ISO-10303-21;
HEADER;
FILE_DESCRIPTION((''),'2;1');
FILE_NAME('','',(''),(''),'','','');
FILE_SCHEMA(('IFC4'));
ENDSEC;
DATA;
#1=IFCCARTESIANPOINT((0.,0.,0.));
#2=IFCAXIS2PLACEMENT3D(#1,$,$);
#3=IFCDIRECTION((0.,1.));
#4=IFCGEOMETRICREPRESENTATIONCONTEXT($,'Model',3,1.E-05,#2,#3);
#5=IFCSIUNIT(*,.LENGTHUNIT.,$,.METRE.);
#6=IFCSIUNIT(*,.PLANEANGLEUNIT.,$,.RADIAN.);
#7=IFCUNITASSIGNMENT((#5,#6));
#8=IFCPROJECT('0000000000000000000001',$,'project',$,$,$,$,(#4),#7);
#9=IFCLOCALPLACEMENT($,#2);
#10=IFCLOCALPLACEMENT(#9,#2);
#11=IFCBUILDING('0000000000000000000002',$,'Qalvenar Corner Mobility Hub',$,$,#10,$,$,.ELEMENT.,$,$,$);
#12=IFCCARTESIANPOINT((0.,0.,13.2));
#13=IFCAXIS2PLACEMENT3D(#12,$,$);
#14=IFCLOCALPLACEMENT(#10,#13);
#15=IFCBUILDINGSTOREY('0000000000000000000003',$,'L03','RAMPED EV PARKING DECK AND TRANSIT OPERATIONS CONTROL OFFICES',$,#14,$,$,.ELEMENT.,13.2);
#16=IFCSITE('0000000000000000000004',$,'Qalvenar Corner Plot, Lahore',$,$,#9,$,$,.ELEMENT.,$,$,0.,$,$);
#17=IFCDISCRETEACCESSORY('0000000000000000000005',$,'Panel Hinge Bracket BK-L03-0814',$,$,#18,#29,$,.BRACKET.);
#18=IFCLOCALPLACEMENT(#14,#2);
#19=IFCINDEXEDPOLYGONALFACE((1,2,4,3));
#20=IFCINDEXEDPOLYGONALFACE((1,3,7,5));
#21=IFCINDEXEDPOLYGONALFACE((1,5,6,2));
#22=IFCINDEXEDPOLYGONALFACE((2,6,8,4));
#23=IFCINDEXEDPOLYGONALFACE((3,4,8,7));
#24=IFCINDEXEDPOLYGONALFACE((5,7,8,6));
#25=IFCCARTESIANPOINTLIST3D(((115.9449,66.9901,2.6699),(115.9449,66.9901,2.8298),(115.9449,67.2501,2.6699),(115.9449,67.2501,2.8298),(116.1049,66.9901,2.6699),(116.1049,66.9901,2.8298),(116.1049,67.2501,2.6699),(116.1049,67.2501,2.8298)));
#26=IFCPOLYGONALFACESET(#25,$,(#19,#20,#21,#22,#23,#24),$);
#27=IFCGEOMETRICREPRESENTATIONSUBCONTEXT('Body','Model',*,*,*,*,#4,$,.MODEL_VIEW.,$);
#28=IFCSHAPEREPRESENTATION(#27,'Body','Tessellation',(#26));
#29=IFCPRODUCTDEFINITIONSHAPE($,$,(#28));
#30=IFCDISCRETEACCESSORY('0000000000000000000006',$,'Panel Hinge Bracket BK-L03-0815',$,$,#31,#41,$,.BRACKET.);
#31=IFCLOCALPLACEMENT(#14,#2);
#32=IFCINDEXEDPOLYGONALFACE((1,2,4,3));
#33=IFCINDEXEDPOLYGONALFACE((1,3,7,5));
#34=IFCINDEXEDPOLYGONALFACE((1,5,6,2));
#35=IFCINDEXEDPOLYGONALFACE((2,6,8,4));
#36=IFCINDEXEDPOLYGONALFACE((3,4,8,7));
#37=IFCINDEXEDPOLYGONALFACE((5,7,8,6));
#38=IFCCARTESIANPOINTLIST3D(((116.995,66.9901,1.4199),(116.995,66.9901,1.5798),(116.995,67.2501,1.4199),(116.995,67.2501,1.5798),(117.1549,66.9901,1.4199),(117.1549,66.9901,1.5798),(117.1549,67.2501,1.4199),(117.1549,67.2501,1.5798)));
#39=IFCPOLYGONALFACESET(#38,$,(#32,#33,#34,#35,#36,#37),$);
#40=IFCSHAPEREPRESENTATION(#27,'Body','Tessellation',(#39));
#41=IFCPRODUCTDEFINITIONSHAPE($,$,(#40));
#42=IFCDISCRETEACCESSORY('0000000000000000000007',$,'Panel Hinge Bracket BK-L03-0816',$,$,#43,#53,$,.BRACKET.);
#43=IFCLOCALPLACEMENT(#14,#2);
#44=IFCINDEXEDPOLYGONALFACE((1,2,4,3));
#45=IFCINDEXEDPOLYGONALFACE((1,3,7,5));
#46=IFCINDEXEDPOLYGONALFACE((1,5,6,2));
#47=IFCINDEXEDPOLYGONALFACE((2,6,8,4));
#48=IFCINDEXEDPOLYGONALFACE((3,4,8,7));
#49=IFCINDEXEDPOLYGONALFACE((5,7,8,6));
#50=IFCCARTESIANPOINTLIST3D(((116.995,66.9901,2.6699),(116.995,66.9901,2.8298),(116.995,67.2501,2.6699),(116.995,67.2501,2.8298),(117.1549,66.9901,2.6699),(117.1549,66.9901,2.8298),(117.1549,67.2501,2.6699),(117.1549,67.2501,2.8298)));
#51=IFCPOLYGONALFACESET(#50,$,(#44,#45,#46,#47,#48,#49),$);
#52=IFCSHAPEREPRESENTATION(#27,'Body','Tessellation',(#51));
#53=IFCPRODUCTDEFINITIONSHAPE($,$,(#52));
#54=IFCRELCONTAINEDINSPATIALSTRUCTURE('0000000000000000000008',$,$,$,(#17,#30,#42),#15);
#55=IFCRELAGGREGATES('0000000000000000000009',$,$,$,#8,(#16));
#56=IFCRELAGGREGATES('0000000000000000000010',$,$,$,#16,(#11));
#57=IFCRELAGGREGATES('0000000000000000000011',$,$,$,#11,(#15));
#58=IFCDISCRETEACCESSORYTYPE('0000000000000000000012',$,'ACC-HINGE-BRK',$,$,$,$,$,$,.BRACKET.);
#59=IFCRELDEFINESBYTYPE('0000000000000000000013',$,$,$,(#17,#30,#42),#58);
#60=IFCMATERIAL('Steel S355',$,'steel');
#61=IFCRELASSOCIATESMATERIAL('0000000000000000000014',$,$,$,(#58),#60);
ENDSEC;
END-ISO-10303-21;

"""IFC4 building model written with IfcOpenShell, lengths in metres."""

from ifc_helpers import new_model, si_unit, direction, frame, origin, origin_2d, place, context, subcontext, project, spatial, rectangle, extrude, material, type_object, element, save


model = new_model("IFC4")

# Units and contexts
model_context = context("Model", 3, precision=1e-05, world=origin(), true_north=direction((0.0, 1.0)))
body_context = subcontext(model_context, "Body", "Model", "MODEL_VIEW")
ifc_project = project(units=[si_unit("LENGTHUNIT", "METRE"), si_unit("PLANEANGLEUNIT", "RADIAN")], contexts=[model_context])

# Site, building, storey
site_placement = place(None, origin())
site = spatial("IfcSite", under=ifc_project, at=site_placement, Name="Qalvenar Corner Plot, Lahore", CompositionType="ELEMENT", RefElevation=0.0)
building_placement = place(site_placement, origin())
building = spatial("IfcBuilding", under=site, at=building_placement, Name="Qalvenar Corner Mobility Hub", CompositionType="ELEMENT")
storey_placement = place(building_placement, frame((0.0, 0.0, 13.2)))
storey = spatial("IfcBuildingStorey", under=building, at=storey_placement, Name="L03", Description="RAMPED EV PARKING DECK AND TRANSIT OPERATIONS CONTROL OFFICES", CompositionType="ELEMENT", Elevation=13.2)

# Shared definitions
ifc_material = material(Name="Steel S355", Category="steel")

# Discrete accessories
discrete_accessory_type = type_object("IfcDiscreteAccessoryType", Name="ACC-HINGE-BRK", PredefinedType="BRACKET", material=ifc_material)
for number, where, z_axis, x_axis, name in (
    (1, (116.0249, 67.1201, 2.6699), (0.0, 0.0, 1.0), (1.0, 0.0, 0.0), "Panel Hinge Bracket BK-L03-0814"),
    (2, (117.075, 67.1201, 1.4199), (0.0, 0.0, 1.0), (1.0, 0.0, 0.0), "Panel Hinge Bracket BK-L03-0815"),
    (3, (117.075, 67.1201, 2.6699), (0.0, 0.0, 1.0), (1.0, 0.0, 0.0), "Panel Hinge Bracket BK-L03-0816"),
):
    element("IfcDiscreteAccessory", number, at=place(storey_placement, frame(where, z_axis=z_axis, x_axis=x_axis)), inside=storey, type_object=discrete_accessory_type, Name=name, PredefinedType="BRACKET", context=body_context, shape_type="SweptSolid", body=[
        extrude(rectangle(XDim=0.1599, YDim=0.26, at=origin_2d()), origin(), (0.0, 0.0, 1.0), 0.1599),
    ])

save(model, "model.ifc")
